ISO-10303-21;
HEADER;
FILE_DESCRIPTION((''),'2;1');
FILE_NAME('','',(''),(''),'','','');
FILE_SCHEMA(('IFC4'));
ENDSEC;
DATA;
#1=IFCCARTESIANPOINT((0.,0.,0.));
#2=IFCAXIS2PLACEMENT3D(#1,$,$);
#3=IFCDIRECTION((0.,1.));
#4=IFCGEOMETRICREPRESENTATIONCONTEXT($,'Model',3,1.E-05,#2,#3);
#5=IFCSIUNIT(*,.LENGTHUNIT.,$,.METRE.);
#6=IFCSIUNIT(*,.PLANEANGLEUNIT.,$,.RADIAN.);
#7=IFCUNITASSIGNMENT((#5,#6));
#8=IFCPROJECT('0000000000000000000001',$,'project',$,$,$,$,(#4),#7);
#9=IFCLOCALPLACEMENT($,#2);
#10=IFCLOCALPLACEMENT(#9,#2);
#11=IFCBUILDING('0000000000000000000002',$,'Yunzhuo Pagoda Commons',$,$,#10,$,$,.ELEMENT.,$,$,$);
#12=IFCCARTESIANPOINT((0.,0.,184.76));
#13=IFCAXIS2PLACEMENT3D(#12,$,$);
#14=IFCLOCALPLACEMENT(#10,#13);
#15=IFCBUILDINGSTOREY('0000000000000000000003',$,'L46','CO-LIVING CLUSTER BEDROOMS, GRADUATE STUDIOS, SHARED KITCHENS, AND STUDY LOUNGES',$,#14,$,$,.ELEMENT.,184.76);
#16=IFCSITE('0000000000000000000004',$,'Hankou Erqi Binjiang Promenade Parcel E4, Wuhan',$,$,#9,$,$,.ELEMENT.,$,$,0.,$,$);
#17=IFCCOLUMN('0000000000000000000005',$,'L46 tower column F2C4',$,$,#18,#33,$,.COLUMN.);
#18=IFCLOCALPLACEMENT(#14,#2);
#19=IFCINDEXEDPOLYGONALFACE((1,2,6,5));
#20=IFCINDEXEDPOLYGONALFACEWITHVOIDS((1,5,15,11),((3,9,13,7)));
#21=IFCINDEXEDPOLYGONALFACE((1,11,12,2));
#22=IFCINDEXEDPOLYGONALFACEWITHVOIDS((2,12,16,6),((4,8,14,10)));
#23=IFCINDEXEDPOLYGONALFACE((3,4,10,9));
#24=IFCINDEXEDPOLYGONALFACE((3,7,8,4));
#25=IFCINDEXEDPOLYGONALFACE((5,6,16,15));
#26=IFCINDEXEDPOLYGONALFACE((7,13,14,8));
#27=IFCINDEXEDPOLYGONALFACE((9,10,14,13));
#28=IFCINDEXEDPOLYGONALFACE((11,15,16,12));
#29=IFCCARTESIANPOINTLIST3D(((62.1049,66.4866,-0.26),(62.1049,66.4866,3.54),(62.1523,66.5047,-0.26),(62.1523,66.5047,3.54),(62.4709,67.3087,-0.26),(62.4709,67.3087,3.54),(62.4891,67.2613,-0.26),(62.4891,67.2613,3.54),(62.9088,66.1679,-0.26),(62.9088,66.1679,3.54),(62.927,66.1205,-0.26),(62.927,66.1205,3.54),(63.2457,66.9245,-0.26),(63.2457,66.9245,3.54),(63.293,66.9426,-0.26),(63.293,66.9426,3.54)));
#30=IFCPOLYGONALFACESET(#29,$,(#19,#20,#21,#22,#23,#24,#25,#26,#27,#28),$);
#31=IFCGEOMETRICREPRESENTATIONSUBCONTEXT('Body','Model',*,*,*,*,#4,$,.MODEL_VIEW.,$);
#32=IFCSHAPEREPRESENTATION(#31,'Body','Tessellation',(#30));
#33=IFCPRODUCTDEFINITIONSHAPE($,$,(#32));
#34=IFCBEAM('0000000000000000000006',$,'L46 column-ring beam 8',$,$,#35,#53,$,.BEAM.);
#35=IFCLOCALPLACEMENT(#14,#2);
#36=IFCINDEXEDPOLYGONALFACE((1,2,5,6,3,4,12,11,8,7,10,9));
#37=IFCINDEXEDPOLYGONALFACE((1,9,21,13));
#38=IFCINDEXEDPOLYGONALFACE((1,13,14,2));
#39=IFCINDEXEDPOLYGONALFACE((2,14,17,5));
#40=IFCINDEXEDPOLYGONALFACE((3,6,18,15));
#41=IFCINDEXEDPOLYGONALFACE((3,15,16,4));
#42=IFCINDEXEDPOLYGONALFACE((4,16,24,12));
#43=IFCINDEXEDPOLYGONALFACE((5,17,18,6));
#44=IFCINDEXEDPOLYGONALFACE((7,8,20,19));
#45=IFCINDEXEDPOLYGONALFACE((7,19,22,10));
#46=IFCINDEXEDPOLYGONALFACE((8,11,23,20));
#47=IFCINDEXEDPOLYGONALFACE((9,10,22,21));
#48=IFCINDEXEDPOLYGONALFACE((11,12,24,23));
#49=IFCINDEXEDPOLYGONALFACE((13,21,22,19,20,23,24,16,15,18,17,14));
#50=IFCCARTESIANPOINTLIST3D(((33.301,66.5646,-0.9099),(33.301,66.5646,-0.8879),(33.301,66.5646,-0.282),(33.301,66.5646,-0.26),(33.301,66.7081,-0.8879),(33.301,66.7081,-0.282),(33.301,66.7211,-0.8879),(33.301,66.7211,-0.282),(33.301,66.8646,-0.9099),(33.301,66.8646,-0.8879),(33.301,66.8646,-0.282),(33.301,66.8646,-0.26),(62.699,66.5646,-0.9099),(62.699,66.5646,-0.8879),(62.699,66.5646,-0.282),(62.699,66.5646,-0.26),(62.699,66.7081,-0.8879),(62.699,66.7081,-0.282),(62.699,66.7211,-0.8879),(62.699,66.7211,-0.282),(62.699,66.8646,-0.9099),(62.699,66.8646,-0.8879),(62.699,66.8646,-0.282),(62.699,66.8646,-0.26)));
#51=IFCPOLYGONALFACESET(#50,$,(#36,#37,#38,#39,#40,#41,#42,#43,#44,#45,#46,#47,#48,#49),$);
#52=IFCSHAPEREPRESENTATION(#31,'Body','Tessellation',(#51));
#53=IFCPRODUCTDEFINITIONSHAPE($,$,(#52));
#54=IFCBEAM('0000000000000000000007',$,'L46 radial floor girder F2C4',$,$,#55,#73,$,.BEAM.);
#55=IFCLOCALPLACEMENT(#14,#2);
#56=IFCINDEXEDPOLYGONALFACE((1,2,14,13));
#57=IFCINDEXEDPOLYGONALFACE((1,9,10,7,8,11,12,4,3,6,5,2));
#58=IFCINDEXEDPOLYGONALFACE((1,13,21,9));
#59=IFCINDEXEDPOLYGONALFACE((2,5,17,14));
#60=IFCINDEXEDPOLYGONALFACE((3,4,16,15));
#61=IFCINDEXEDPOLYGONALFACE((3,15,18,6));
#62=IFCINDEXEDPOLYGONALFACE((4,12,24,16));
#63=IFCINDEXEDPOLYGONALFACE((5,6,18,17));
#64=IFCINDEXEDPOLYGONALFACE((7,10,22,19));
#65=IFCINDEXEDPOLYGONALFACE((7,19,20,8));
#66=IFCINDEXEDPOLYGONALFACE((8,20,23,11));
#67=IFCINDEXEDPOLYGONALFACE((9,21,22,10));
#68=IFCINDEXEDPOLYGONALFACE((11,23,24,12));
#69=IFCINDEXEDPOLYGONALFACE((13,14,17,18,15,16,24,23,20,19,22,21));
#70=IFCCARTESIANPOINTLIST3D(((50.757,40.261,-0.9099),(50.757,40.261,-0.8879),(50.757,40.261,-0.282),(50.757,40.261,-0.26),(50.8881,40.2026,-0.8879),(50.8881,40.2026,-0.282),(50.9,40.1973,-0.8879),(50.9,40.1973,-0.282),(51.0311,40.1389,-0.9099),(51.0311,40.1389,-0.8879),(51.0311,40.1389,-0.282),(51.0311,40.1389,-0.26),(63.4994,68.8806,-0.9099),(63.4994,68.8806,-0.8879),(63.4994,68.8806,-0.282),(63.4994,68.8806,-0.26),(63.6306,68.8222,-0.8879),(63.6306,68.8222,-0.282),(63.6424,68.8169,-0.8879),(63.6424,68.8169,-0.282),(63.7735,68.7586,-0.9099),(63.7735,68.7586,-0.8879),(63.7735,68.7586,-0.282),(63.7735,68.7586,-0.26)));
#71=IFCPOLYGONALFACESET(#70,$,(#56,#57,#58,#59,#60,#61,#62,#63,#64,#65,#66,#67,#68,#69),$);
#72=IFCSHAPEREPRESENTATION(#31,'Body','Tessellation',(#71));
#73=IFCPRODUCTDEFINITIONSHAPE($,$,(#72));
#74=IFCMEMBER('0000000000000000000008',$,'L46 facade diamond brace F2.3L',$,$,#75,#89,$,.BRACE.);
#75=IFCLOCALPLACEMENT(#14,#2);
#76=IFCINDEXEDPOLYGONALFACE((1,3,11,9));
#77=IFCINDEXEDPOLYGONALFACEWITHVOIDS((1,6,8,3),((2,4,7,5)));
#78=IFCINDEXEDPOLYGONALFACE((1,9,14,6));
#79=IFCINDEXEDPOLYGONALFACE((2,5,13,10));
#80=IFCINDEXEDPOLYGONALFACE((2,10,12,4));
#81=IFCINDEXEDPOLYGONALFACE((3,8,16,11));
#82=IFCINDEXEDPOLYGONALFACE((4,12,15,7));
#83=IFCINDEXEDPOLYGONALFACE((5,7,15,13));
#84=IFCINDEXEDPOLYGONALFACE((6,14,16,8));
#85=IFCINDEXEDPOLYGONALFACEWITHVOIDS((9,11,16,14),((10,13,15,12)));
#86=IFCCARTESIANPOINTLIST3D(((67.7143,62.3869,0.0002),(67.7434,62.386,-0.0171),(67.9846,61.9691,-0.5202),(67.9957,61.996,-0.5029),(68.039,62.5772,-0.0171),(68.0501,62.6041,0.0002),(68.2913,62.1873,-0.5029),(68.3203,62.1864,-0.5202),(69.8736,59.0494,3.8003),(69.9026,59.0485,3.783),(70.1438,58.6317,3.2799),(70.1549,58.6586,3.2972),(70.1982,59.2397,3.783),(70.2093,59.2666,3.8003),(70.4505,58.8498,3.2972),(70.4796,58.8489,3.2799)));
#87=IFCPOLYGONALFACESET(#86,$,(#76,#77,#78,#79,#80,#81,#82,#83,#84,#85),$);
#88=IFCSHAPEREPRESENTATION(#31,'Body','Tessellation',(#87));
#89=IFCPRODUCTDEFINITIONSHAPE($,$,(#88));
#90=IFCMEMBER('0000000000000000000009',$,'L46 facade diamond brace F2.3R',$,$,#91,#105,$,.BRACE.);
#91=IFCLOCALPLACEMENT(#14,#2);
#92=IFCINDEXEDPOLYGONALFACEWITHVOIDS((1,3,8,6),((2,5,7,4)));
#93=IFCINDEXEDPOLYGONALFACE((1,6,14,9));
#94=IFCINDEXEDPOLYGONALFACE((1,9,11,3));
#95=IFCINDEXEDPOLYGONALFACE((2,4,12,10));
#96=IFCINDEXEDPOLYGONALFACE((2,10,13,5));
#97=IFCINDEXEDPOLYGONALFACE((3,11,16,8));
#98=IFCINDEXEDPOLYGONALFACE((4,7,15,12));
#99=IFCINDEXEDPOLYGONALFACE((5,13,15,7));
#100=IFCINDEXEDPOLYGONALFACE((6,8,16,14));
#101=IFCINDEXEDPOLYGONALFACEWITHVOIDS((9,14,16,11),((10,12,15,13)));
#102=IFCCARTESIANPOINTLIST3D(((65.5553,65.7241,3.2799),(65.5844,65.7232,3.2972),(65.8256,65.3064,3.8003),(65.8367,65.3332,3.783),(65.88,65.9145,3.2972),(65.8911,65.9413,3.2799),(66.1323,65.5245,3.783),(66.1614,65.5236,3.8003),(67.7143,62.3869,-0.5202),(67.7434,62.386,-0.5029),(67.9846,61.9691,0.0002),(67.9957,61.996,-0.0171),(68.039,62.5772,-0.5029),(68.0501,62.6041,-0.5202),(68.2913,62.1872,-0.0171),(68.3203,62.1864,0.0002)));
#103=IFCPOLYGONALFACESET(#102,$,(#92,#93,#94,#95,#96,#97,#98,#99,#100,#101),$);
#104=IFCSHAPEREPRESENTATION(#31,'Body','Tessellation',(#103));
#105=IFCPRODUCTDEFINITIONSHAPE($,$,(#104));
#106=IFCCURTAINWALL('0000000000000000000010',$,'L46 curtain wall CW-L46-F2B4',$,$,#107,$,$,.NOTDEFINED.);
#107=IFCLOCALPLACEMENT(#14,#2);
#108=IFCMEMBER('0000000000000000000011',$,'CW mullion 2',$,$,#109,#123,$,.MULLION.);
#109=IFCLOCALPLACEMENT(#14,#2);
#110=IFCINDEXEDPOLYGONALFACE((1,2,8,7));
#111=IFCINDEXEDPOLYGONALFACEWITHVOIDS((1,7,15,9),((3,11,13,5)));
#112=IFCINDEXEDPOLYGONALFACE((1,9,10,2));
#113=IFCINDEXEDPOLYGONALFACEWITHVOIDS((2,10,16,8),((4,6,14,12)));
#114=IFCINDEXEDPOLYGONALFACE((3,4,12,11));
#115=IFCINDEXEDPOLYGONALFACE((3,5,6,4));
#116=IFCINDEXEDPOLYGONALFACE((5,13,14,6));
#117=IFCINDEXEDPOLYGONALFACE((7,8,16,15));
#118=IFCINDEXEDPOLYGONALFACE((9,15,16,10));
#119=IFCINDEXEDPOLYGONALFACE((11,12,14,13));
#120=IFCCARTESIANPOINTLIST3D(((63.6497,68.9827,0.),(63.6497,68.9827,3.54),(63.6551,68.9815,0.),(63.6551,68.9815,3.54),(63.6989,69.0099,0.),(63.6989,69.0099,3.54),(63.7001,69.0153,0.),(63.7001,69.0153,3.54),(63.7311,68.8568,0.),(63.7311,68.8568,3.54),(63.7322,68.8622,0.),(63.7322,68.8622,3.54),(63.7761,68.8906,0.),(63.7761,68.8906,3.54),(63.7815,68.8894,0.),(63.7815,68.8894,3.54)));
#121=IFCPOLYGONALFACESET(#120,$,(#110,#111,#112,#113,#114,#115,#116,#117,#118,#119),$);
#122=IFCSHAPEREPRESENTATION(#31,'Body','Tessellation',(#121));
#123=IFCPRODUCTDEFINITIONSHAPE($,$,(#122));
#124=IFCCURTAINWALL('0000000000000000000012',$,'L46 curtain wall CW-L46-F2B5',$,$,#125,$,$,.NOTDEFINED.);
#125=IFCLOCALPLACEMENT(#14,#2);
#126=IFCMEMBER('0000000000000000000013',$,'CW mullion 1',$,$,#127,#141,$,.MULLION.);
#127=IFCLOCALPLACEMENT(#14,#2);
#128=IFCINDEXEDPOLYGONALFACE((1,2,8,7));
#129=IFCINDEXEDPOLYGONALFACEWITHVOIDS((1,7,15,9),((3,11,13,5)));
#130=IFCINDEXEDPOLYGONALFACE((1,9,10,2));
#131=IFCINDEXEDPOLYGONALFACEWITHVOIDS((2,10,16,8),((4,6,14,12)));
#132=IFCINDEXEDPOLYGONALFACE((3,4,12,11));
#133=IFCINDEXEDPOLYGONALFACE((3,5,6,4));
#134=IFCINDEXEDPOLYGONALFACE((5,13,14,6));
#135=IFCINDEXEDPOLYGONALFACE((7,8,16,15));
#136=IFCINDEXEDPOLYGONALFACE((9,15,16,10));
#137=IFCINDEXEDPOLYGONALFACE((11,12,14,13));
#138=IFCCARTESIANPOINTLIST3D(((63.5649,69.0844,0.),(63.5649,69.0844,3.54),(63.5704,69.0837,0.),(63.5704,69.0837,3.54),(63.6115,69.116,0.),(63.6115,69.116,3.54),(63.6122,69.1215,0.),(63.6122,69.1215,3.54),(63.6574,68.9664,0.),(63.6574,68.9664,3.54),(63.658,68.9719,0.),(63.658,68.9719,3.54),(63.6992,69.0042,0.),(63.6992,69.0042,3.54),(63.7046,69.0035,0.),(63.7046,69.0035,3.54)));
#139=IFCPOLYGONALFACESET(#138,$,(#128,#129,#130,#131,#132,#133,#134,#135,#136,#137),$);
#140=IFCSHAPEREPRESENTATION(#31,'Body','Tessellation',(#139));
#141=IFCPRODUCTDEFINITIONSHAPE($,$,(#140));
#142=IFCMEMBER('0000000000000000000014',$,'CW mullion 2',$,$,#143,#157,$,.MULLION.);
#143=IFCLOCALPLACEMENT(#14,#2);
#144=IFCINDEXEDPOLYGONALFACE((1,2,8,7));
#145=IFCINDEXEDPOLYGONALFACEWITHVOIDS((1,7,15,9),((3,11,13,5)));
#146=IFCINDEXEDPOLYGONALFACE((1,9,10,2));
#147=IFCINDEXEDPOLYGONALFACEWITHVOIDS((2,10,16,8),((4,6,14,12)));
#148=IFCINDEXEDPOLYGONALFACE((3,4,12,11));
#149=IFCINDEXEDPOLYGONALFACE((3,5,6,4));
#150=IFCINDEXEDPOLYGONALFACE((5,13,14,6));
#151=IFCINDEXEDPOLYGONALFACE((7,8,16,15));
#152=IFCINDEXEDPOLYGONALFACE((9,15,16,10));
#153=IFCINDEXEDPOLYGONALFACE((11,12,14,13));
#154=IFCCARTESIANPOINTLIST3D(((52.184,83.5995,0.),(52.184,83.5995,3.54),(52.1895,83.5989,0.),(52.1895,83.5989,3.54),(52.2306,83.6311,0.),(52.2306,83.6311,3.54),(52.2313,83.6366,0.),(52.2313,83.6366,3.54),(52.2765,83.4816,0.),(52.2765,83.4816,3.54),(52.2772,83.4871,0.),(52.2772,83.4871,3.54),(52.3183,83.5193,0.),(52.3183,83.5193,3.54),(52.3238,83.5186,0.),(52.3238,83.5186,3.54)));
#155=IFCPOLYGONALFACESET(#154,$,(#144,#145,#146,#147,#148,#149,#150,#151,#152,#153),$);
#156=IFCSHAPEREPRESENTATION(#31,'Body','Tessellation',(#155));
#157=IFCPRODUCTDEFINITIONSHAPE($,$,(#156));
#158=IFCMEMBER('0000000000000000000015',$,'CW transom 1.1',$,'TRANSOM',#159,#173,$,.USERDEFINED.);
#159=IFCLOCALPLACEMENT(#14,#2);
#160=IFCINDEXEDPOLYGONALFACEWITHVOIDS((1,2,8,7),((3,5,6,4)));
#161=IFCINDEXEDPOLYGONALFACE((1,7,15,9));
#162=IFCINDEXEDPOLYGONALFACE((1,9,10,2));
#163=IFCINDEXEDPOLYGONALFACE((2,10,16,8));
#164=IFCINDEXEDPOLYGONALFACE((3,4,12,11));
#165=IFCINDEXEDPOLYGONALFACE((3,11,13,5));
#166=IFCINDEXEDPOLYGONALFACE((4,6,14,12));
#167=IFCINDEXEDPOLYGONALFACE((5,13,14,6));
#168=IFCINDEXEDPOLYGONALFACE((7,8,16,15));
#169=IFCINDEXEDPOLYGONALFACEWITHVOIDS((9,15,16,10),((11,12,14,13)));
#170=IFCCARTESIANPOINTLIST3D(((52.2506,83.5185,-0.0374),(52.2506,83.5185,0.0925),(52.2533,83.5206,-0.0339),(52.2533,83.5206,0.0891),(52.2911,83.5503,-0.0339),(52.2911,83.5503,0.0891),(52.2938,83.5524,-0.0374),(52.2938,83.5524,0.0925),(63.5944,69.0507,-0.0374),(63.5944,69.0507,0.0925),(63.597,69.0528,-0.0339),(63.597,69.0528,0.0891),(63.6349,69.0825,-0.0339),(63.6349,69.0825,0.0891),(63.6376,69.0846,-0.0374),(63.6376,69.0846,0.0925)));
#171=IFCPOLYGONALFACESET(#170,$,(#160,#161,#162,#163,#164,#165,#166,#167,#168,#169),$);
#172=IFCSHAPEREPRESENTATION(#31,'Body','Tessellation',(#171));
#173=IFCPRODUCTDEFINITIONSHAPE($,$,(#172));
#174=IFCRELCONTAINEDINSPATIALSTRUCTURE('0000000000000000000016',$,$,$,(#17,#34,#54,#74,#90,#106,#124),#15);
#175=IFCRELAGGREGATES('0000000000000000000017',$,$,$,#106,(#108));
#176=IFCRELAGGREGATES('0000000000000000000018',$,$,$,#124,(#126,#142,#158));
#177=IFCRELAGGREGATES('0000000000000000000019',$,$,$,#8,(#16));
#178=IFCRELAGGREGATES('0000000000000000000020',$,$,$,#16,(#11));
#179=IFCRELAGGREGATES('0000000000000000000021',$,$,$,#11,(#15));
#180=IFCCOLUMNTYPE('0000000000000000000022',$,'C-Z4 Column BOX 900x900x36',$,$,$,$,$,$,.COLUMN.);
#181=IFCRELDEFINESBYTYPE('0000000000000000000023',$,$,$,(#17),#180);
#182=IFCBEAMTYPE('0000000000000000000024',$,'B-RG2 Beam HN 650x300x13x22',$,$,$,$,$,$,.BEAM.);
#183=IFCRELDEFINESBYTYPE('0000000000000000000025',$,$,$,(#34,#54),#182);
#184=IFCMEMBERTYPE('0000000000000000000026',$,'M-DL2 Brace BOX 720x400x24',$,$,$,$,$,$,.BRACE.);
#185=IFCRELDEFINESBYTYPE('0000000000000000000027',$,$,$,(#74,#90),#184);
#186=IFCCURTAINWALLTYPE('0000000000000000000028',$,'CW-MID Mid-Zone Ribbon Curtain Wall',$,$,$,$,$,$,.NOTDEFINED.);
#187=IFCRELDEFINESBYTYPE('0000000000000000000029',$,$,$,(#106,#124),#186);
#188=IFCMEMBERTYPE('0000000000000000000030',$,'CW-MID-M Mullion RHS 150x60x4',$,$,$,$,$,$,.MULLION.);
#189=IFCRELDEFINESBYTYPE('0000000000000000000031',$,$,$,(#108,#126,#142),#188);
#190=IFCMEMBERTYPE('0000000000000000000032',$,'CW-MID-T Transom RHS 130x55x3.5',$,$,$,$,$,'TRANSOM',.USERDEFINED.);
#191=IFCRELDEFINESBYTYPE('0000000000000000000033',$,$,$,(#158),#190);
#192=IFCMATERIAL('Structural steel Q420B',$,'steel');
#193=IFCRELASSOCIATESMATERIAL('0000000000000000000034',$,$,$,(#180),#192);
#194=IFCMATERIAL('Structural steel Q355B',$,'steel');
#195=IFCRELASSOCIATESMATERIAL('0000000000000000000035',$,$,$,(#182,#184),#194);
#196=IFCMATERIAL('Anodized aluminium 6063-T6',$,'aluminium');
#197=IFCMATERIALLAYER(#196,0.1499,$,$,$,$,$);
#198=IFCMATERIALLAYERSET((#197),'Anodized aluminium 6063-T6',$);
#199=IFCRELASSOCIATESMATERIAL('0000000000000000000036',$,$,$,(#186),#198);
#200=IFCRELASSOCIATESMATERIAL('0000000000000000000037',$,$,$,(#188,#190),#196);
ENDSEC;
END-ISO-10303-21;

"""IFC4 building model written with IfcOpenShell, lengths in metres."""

from ifc_helpers import new_model, si_unit, direction, frame, origin, origin_2d, place, context, subcontext, project, spatial, hollow_rectangle, i_section, extrude, source, transform, mapped, material, layer, layer_set, material_profile, profile_set, type_object, element, aggregate, save


model = new_model("IFC4")

# Units and contexts
model_context = context("Model", 3, precision=1e-05, world=origin(), true_north=direction((0.0, 1.0)))
body_context = subcontext(model_context, "Body", "Model", "MODEL_VIEW")
ifc_project = project(units=[si_unit("LENGTHUNIT", "METRE"), si_unit("PLANEANGLEUNIT", "RADIAN")], contexts=[model_context])

# Site, building, storey
site_placement = place(None, origin())
site = spatial("IfcSite", under=ifc_project, at=site_placement, Name="Hankou Erqi Binjiang Promenade Parcel E4, Wuhan", CompositionType="ELEMENT", RefElevation=0.0)
building_placement = place(site_placement, origin())
building = spatial("IfcBuilding", under=site, at=building_placement, Name="Yunzhuo Pagoda Commons", CompositionType="ELEMENT")
storey_placement = place(building_placement, frame((0.0, 0.0, 184.76)))
storey = spatial("IfcBuildingStorey", under=building, at=storey_placement, Name="L46", Description="CO-LIVING CLUSTER BEDROOMS, GRADUATE STUDIOS, SHARED KITCHENS, AND STUDY LOUNGES", CompositionType="ELEMENT", Elevation=184.76)

# Column
ifc_material_1 = material(Name="Structural steel Q420B", Category="steel")
ifc_material_profile_1 = material_profile(ifc_material_1, hollow_rectangle(XDim=0.8999, YDim=0.8999, WallThickness=0.0359, at=origin_2d()), Name="Structural steel Q420B")
ifc_profile_set_1 = profile_set([ifc_material_profile_1], Name="Structural steel Q420B")
column_type = type_object("IfcColumnType", Name="C-Z4 Column BOX 900x900x36", PredefinedType="COLUMN", material=ifc_profile_set_1)
shared_shape_1 = source(origin(), body_context, "Body", "SweptSolid", [
    extrude(hollow_rectangle(XDim=0.8999, YDim=0.8999, WallThickness=0.0359, at=origin_2d()), origin(), (0.0, 0.0, 1.0), 3.8),
])
column_placement = place(storey_placement, frame((62.699, 66.7146, -0.26), z_axis=(0.0, 0.0, 1.0), x_axis=(-0.913545, 0.406737, 0.0)))
element("IfcColumn", 1, at=column_placement, inside=storey, type_object=column_type, Name="L46 tower column F2C4", PredefinedType="COLUMN", context=body_context, shape_type="MappedRepresentation", body=[
    mapped(shared_shape_1, transform((0.0, 0.0, 0.0), scale=1.0)),
])

# Beams
ifc_material_2 = material(Name="Structural steel Q355B", Category="steel")
ifc_material_profile_2 = material_profile(ifc_material_2, i_section(OverallWidth=0.3, OverallDepth=0.6499, WebThickness=0.0129, FlangeThickness=0.022, at=origin_2d()), Name="Structural steel Q355B")
ifc_profile_set_2 = profile_set([ifc_material_profile_2], Name="Structural steel Q355B")
beam_type = type_object("IfcBeamType", Name="B-RG2 Beam HN 650x300x13x22", PredefinedType="BEAM", material=ifc_profile_set_2)
shared_shape_2 = source(origin(), body_context, "Body", "SweptSolid", [
    extrude(i_section(OverallWidth=0.3, OverallDepth=0.6499, WebThickness=0.0129, FlangeThickness=0.022, at=origin_2d()), origin(), (0.0, 0.0, 1.0), 29.3979),
])
beam_1_placement = place(storey_placement, frame((62.699, 66.7146, -0.585), z_axis=(-1.0, 0.0, 0.0), x_axis=(0.0, -1.0, 0.0)))
element("IfcBeam", 2, at=beam_1_placement, inside=storey, type_object=beam_type, Name="L46 column-ring beam 8", PredefinedType="BEAM", context=body_context, shape_type="MappedRepresentation", body=[
    mapped(shared_shape_2, transform((0.0, 0.0, 0.0), scale=1.0)),
])
shared_shape_3 = source(origin(), body_context, "Body", "SweptSolid", [
    extrude(i_section(OverallWidth=0.3, OverallDepth=0.6499, WebThickness=0.0129, FlangeThickness=0.022, at=origin_2d()), origin(), (0.0, 0.0, 1.0), 31.3281),
])
beam_2_placement = place(storey_placement, frame((63.6365, 68.8196, -0.585), z_axis=(-0.406741, -0.913544, 0.0), x_axis=(0.913544, -0.406741, 0.0)))
element("IfcBeam", 3, at=beam_2_placement, inside=storey, type_object=beam_type, Name="L46 radial floor girder F2C4", PredefinedType="BEAM", context=body_context, shape_type="MappedRepresentation", body=[
    mapped(shared_shape_3, transform((0.0, 0.0, 0.0), scale=1.0)),
])

# Members
ifc_material_profile_3 = material_profile(ifc_material_2, hollow_rectangle(XDim=0.3999, YDim=0.72, WallThickness=0.0239, at=origin_2d()), Name="Structural steel Q355B")
ifc_profile_set_3 = profile_set([ifc_material_profile_3], Name="Structural steel Q355B")
member_type_1 = type_object("IfcMemberType", Name="M-DL2 Brace BOX 720x400x24", PredefinedType="BRACE", material=ifc_profile_set_3)
shared_shape_4 = source(origin(), body_context, "Body", "SweptSolid", [
    extrude(hollow_rectangle(XDim=0.3999, YDim=0.72, WallThickness=0.0239, at=origin_2d()), origin(), (0.0, 0.0, 1.0), 5.4993),
])
member_1_placement = place(storey_placement, frame((68.0173, 62.2866, -0.26), z_axis=(0.392639, -0.606894, 0.691024), x_axis=(0.839606, 0.543195, 0.0)))
element("IfcMember", 4, at=member_1_placement, inside=storey, type_object=member_type_1, Name="L46 facade diamond brace F2.3L", PredefinedType="BRACE", context=body_context, shape_type="MappedRepresentation", body=[
    mapped(shared_shape_4, transform((0.0, 0.0, 0.0), scale=1.0)),
])
shared_shape_5 = source(origin(), body_context, "Body", "SweptSolid", [
    extrude(hollow_rectangle(XDim=0.3999, YDim=0.72, WallThickness=0.0239, at=origin_2d()), origin(), (0.0, 0.0, 1.0), 5.499),
])
member_2_placement = place(storey_placement, frame((68.0173, 62.2866, -0.26), z_axis=(-0.392612, 0.606876, 0.691055), x_axis=(-0.839616, -0.54318, 0.0)))
element("IfcMember", 5, at=member_2_placement, inside=storey, type_object=member_type_1, Name="L46 facade diamond brace F2.3R", PredefinedType="BRACE", context=body_context, shape_type="MappedRepresentation", body=[
    mapped(shared_shape_5, transform((0.0, 0.0, 0.0), scale=1.0)),
])

# Curtain wall, member
ifc_material_3 = material(Name="Anodized aluminium 6063-T6", Category="aluminium")
ifc_layer_1 = layer(ifc_material_3, 0.1499)
ifc_layer_set_1 = layer_set([ifc_layer_1], Name="Anodized aluminium 6063-T6")
curtain_wall_type = type_object("IfcCurtainWallType", Name="CW-MID Mid-Zone Ribbon Curtain Wall", PredefinedType="NOTDEFINED", material=ifc_layer_set_1)
curtain_wall_1_placement = place(storey_placement, origin())
curtain_wall_1 = element("IfcCurtainWall", 6, at=curtain_wall_1_placement, inside=storey, type_object=curtain_wall_type, Name="L46 curtain wall CW-L46-F2B4", PredefinedType="NOTDEFINED")
ifc_material_profile_4 = material_profile(ifc_material_3, hollow_rectangle(XDim=0.0601, YDim=0.1499, WallThickness=0.0039, at=origin_2d()), Name="Anodized aluminium 6063-T6")
ifc_profile_set_4 = profile_set([ifc_material_profile_4], Name="Anodized aluminium 6063-T6")
member_type_2 = type_object("IfcMemberType", Name="CW-MID-M Mullion RHS 150x60x4", PredefinedType="MULLION", material=ifc_profile_set_4)
shared_shape_6 = source(origin(), body_context, "Body", "SweptSolid", [
    extrude(hollow_rectangle(XDim=0.0601, YDim=0.1499, WallThickness=0.0039, at=origin_2d()), origin(), (0.0, 0.0, 1.0), 3.54),
])
member_3_placement = place(storey_placement, frame((63.7156, 68.936, 0.0), z_axis=(0.0, 0.0, 1.0), x_axis=(-0.839627, -0.543164, 0.0)))
member_3 = element("IfcMember", 7, at=member_3_placement, type_object=member_type_2, Name="CW mullion 2", PredefinedType="MULLION", context=body_context, shape_type="MappedRepresentation", body=[
    mapped(shared_shape_6, transform((0.0, 0.0, 0.0), scale=1.0)),
])

# Curtain wall, members
curtain_wall_2_placement = place(storey_placement, origin())
curtain_wall_2 = element("IfcCurtainWall", 8, at=curtain_wall_2_placement, inside=storey, type_object=curtain_wall_type, Name="L46 curtain wall CW-L46-F2B5", PredefinedType="NOTDEFINED")
member_4_placement = place(storey_placement, frame((63.6348, 69.0439, 0.0), z_axis=(0.0, 0.0, 1.0), x_axis=(-0.78695, -0.617016, 0.0)))
member_4 = element("IfcMember", 9, at=member_4_placement, type_object=member_type_2, Name="CW mullion 1", PredefinedType="MULLION", context=body_context, shape_type="MappedRepresentation", body=[
    mapped(shared_shape_6, transform((0.0, 0.0, 0.0), scale=1.0)),
])
member_5_placement = place(storey_placement, frame((52.2539, 83.5591, 0.0), z_axis=(0.0, 0.0, 1.0), x_axis=(-0.78695, -0.617016, 0.0)))
member_5 = element("IfcMember", 10, at=member_5_placement, type_object=member_type_2, Name="CW mullion 2", PredefinedType="MULLION", context=body_context, shape_type="MappedRepresentation", body=[
    mapped(shared_shape_6, transform((0.0, 0.0, 0.0), scale=1.0)),
])
ifc_material_profile_5 = material_profile(ifc_material_3, hollow_rectangle(XDim=0.0549, YDim=0.1299, WallThickness=0.0034, at=origin_2d()), Name="Anodized aluminium 6063-T6")
ifc_profile_set_5 = profile_set([ifc_material_profile_5], Name="Anodized aluminium 6063-T6")
member_type_3 = type_object("IfcMemberType", Name="CW-MID-T Transom RHS 130x55x3.5", ElementType="TRANSOM", PredefinedType="USERDEFINED", material=ifc_profile_set_5)
shared_shape_7 = source(origin(), body_context, "Body", "SweptSolid", [
    extrude(hollow_rectangle(XDim=0.0549, YDim=0.1299, WallThickness=0.0034, at=origin_2d()), origin(), (0.0, 0.0, 1.0), 18.3848),
])
member_6_placement = place(storey_placement, frame((63.616, 69.0676, 0.0276), z_axis=(-0.617021, 0.786946, 0.0), x_axis=(-0.786946, -0.617021, 0.0)))
member_6 = element("IfcMember", 11, at=member_6_placement, type_object=member_type_3, Name="CW transom 1.1", ObjectType="TRANSOM", PredefinedType="USERDEFINED", context=body_context, shape_type="MappedRepresentation", body=[
    mapped(shared_shape_7, transform((0.0, 0.0, 0.0), scale=1.0)),
])

aggregate(curtain_wall_1, [member_3])

aggregate(curtain_wall_2, [member_4, member_5, member_6])

save(model, "model.ifc")
